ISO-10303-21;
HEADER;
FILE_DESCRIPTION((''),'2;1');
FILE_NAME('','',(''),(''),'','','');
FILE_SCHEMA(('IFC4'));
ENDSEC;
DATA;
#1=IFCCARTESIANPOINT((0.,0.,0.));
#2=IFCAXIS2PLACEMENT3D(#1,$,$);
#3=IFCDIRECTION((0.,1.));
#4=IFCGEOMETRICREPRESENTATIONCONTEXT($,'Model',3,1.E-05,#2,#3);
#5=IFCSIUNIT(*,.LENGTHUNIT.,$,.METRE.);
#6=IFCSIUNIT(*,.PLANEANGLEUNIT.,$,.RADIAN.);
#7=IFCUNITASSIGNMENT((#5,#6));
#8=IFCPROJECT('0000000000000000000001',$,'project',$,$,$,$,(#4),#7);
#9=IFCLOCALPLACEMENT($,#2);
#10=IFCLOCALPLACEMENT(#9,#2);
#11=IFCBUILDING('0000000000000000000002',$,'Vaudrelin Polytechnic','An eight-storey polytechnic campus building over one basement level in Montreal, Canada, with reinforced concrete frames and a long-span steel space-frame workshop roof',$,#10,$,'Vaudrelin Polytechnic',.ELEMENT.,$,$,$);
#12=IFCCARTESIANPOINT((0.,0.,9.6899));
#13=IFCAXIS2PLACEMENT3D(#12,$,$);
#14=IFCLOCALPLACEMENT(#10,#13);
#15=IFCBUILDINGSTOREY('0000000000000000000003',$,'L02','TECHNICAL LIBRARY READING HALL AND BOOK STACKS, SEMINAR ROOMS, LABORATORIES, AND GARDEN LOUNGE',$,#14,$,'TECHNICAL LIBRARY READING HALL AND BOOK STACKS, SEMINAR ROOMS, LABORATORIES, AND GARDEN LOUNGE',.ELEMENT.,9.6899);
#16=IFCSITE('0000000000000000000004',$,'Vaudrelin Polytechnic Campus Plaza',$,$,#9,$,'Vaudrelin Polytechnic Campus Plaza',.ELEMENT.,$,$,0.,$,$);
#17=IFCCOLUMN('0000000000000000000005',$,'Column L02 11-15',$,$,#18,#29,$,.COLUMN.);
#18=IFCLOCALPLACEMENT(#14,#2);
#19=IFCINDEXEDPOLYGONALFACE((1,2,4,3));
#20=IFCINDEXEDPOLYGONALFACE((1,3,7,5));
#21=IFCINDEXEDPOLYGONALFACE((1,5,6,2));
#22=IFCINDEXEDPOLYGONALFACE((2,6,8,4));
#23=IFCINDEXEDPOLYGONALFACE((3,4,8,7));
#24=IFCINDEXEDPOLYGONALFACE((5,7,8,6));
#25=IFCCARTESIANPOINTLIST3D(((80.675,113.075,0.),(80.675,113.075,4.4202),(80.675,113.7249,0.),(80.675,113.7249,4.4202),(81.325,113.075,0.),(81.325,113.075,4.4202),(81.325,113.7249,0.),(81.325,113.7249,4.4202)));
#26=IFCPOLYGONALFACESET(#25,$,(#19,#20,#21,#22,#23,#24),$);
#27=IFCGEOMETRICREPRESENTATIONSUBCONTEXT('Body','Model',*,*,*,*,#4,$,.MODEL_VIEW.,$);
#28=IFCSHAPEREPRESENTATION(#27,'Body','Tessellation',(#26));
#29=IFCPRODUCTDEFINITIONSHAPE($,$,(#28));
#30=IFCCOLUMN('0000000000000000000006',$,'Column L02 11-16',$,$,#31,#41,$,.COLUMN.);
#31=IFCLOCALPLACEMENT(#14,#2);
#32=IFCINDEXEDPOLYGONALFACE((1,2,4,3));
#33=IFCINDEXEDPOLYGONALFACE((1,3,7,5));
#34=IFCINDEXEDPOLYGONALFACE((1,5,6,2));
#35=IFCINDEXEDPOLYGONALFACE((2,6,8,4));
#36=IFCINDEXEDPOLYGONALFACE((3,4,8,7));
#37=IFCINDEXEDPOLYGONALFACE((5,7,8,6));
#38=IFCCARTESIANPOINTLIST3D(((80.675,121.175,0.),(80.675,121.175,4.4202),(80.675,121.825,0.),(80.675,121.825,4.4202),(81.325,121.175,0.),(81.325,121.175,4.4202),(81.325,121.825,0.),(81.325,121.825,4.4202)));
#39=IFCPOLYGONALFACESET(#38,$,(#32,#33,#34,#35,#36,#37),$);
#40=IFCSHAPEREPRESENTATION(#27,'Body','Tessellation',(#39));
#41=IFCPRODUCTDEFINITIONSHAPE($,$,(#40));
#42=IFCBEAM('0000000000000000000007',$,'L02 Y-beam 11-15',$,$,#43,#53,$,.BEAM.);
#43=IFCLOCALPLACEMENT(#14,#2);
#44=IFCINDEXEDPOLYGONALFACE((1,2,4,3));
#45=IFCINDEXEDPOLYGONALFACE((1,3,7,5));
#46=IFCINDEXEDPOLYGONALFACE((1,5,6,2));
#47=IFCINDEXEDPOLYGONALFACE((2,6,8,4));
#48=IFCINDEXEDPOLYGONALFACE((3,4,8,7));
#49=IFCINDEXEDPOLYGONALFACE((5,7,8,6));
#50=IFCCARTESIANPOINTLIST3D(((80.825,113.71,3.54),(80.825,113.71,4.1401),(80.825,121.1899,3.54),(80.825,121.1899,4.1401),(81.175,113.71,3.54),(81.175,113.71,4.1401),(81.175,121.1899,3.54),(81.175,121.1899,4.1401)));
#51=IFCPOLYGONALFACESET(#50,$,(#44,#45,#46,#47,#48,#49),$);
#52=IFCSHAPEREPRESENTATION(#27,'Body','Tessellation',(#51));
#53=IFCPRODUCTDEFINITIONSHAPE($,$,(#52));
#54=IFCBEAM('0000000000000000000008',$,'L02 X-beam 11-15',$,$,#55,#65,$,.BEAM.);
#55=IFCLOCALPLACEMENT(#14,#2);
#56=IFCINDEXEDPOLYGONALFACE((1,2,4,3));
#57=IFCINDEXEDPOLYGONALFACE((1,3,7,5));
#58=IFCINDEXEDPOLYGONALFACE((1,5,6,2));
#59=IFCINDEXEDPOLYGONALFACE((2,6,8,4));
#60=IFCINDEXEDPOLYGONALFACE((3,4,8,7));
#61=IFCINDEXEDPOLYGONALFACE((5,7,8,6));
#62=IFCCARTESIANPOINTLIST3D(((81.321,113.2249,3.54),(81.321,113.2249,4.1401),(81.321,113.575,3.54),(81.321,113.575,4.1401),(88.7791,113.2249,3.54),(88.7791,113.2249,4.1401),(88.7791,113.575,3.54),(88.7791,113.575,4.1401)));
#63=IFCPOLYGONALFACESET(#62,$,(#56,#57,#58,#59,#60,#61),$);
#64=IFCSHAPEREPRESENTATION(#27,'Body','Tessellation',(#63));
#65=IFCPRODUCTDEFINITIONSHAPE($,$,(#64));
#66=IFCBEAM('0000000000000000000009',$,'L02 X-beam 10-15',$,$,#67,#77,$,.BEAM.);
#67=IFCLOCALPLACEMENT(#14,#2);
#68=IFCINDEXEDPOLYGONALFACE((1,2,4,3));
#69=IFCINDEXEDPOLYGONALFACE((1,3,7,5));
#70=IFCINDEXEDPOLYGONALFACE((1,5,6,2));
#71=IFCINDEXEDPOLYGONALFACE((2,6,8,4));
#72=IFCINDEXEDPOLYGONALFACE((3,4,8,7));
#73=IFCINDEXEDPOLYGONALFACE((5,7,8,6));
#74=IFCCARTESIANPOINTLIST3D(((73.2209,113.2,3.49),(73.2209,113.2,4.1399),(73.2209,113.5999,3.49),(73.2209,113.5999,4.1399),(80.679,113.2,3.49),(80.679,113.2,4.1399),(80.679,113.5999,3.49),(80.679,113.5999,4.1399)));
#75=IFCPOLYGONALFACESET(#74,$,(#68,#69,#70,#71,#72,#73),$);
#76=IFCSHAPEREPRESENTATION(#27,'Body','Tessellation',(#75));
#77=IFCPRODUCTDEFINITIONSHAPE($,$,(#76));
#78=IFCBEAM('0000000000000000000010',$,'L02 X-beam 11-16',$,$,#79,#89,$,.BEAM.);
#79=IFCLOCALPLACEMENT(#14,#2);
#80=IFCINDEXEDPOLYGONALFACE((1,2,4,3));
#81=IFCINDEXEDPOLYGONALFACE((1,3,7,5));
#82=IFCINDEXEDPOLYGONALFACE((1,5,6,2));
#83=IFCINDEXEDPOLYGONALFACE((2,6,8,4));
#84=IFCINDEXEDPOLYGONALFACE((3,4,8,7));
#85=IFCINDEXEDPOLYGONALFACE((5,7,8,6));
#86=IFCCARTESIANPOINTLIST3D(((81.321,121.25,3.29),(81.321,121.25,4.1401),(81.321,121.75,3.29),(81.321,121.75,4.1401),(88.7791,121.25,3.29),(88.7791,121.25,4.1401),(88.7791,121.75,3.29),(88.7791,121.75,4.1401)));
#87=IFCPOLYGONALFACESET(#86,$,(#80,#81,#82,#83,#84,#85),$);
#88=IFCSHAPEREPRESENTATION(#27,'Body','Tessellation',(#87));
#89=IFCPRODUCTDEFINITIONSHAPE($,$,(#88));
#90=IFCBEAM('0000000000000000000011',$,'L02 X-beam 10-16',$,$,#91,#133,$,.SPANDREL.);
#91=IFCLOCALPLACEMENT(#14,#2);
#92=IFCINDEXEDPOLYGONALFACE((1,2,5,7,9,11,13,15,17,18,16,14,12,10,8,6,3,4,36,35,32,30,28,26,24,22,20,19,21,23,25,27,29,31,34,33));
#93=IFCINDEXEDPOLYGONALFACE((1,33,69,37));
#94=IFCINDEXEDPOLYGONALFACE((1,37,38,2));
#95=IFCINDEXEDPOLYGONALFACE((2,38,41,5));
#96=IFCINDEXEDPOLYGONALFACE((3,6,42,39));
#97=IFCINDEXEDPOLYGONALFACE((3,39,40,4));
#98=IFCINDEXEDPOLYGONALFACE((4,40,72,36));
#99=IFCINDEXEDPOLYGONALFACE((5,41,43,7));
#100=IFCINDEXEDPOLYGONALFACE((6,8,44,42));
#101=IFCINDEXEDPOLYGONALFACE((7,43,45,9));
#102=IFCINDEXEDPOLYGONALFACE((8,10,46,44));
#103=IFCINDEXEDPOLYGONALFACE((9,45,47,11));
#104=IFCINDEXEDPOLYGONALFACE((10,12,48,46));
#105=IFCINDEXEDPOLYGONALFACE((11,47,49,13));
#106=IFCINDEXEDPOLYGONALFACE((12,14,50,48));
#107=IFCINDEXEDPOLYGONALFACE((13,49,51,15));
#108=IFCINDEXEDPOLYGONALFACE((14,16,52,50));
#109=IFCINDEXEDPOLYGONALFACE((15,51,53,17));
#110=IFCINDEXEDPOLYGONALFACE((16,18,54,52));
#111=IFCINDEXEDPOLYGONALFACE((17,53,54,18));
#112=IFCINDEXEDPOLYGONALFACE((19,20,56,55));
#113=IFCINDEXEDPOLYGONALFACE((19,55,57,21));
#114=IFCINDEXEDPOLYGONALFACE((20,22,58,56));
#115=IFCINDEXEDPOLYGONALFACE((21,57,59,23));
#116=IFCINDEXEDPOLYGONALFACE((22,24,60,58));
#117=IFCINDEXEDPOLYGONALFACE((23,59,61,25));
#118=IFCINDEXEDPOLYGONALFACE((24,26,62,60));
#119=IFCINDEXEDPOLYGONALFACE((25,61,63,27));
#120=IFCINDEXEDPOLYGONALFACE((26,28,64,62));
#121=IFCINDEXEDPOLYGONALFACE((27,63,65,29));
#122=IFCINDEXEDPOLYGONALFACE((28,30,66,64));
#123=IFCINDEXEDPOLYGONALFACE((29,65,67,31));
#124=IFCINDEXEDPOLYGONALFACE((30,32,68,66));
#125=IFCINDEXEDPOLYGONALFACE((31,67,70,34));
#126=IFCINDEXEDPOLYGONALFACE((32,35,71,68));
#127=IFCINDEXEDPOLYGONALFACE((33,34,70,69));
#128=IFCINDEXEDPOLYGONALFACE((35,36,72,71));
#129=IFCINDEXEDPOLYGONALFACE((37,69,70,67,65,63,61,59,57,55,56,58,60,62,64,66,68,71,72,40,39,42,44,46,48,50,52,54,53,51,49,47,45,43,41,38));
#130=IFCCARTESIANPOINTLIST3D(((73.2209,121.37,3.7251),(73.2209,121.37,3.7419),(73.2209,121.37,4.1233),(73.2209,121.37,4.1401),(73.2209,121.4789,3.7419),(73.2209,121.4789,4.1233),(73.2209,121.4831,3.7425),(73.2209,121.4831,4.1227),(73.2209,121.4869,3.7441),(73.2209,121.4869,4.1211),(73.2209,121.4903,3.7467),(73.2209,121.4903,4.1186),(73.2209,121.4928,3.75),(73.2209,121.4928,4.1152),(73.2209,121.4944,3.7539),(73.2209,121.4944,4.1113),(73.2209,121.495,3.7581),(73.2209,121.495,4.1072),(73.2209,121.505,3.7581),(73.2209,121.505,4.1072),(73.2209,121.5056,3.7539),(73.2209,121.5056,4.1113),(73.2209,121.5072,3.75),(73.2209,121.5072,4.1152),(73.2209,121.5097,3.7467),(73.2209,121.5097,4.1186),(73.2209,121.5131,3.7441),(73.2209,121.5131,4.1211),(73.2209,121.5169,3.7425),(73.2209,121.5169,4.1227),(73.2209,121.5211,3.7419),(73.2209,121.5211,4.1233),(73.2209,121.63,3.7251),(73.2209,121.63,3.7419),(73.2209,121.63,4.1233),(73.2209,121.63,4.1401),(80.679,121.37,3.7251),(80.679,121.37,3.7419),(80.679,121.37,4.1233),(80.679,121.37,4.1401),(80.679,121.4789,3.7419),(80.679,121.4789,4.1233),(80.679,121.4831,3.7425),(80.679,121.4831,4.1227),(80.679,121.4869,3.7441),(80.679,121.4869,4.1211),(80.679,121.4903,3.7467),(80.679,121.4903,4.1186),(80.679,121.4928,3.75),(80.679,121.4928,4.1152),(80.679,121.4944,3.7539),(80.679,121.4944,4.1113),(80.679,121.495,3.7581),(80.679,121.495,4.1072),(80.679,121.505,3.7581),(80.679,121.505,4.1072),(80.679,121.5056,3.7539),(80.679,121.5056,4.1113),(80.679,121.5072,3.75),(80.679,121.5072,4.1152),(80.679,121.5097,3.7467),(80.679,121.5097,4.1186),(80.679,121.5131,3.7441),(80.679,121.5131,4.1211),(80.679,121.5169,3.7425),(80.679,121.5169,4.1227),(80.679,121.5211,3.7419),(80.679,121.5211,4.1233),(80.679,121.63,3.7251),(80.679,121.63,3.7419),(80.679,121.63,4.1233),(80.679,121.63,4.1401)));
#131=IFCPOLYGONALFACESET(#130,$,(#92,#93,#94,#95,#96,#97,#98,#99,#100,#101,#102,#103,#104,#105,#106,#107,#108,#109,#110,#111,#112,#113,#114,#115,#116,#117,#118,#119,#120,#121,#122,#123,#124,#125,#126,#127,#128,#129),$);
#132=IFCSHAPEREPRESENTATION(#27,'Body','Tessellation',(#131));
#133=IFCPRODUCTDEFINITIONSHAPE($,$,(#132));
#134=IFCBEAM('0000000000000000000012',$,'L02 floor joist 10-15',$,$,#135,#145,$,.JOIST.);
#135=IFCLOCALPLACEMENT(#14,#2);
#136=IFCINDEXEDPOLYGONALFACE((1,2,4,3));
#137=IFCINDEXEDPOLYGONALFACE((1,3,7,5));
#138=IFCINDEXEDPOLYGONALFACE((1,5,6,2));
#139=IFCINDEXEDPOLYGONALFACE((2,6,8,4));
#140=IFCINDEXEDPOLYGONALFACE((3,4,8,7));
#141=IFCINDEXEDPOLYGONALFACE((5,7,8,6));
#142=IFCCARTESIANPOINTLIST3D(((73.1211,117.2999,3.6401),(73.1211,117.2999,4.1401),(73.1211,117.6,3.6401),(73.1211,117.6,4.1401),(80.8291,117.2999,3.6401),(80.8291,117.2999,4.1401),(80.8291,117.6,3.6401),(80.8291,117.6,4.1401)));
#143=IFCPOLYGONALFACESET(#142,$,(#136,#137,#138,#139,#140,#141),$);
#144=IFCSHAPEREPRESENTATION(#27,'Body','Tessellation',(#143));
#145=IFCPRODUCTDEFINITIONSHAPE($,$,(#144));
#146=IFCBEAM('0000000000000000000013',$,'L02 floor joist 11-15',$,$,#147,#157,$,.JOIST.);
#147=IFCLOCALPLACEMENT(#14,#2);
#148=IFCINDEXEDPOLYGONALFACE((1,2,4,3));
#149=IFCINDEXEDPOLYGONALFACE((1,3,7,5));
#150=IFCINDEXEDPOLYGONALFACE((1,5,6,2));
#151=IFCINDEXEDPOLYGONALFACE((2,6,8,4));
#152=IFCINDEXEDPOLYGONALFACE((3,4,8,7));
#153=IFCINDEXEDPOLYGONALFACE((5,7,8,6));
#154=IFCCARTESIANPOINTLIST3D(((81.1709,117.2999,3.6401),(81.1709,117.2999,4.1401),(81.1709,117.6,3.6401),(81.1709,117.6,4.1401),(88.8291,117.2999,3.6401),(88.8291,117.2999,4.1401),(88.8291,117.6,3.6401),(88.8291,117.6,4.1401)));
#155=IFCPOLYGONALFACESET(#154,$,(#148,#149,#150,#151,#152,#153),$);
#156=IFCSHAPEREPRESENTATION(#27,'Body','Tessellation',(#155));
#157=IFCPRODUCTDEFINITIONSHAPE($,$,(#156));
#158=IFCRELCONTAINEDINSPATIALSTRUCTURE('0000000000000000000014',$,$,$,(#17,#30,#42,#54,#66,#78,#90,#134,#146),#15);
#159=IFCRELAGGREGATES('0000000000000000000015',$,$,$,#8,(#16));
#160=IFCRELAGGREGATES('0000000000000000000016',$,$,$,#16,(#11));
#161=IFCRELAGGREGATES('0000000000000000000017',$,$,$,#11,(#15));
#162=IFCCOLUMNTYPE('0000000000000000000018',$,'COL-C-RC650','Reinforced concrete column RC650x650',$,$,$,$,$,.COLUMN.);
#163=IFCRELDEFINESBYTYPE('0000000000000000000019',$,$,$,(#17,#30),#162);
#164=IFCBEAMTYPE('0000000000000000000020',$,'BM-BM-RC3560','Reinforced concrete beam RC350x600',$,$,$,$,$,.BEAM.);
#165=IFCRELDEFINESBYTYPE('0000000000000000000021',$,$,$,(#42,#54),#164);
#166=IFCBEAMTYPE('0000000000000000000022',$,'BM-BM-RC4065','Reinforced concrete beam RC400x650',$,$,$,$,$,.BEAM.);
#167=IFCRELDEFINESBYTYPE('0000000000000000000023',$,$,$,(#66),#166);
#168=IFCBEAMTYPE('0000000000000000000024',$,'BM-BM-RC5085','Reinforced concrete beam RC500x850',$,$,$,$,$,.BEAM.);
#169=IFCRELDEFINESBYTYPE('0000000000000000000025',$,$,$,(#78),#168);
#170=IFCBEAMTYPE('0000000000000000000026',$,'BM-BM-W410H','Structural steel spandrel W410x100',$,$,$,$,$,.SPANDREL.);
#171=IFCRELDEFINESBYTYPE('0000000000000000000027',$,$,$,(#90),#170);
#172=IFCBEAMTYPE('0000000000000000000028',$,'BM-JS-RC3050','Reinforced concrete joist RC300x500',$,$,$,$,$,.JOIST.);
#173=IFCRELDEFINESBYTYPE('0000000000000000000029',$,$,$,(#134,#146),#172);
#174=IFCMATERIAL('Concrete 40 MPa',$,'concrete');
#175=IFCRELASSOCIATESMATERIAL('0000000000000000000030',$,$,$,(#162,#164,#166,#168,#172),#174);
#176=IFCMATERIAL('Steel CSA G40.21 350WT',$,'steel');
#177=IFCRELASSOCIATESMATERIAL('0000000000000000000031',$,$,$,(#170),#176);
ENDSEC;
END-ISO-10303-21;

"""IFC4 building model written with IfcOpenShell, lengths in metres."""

from ifc_helpers import new_model, si_unit, direction, frame, origin, origin_2d, place, context, subcontext, project, spatial, rectangle, i_section, extrude, material, material_profile, profile_set, type_object, element, save


model = new_model("IFC4")

# Units and contexts
model_context = context("Model", 3, precision=1e-05, world=origin(), true_north=direction((0.0, 1.0)))
body_context = subcontext(model_context, "Body", "Model", "MODEL_VIEW")
ifc_project = project(units=[si_unit("LENGTHUNIT", "METRE"), si_unit("PLANEANGLEUNIT", "RADIAN")], contexts=[model_context])

# Site, building, storey
site_placement = place(None, origin())
site = spatial("IfcSite", under=ifc_project, at=site_placement, Name="Vaudrelin Polytechnic Campus Plaza", LongName="Vaudrelin Polytechnic Campus Plaza", CompositionType="ELEMENT", RefElevation=0.0)
building_placement = place(site_placement, origin())
building = spatial("IfcBuilding", under=site, at=building_placement, Name="Vaudrelin Polytechnic", Description="An eight-storey polytechnic campus building over one basement level in Montreal, Canada, with reinforced concrete frames and a long-span steel space-frame workshop roof", LongName="Vaudrelin Polytechnic", CompositionType="ELEMENT")
storey_placement = place(building_placement, frame((0.0, 0.0, 9.6899)))
storey = spatial("IfcBuildingStorey", under=building, at=storey_placement, Name="L02", Description="TECHNICAL LIBRARY READING HALL AND BOOK STACKS, SEMINAR ROOMS, LABORATORIES, AND GARDEN LOUNGE", LongName="TECHNICAL LIBRARY READING HALL AND BOOK STACKS, SEMINAR ROOMS, LABORATORIES, AND GARDEN LOUNGE", CompositionType="ELEMENT", Elevation=9.6899)

# Columns
ifc_material_1 = material(Name="Concrete 40 MPa", Category="concrete")
ifc_material_profile_1 = material_profile(ifc_material_1, rectangle(XDim=0.6499, YDim=0.6499, at=origin_2d()), Name="RC650x650")
ifc_profile_set_1 = profile_set([ifc_material_profile_1], Name="Concrete 40 MPa")
column_type = type_object("IfcColumnType", Name="COL-C-RC650", Description="Reinforced concrete column RC650x650", PredefinedType="COLUMN", material=ifc_profile_set_1)
for number, where, z_axis, x_axis, name in (
    (1, (81.0, 113.3999, 0.0), (0.0, 0.0, 1.0), (1.0, 0.0, 0.0), "Column L02 11-15"),
    (2, (81.0, 121.5, 0.0), (0.0, 0.0, 1.0), (1.0, 0.0, 0.0), "Column L02 11-16"),
):
    element("IfcColumn", number, at=place(storey_placement, frame(where, z_axis=z_axis, x_axis=x_axis)), inside=storey, type_object=column_type, Name=name, PredefinedType="COLUMN", context=body_context, shape_type="SweptSolid", body=[
        extrude(rectangle(XDim=0.6499, YDim=0.6499, at=origin_2d()), origin(), (0.0, 0.0, 1.0), 4.4202),
    ])

# Beams
ifc_material_profile_2 = material_profile(ifc_material_1, rectangle(XDim=0.3501, YDim=0.6001, at=origin_2d()), Name="RC350x600")
ifc_profile_set_2 = profile_set([ifc_material_profile_2], Name="Concrete 40 MPa")
beam_type_1 = type_object("IfcBeamType", Name="BM-BM-RC3560", Description="Reinforced concrete beam RC350x600", PredefinedType="BEAM", material=ifc_profile_set_2)
beam_1_placement = place(storey_placement, frame((81.0, 113.71, 3.8401), z_axis=(0.0, 1.0, 0.0), x_axis=(-1.0, 0.0, 0.0)))
element("IfcBeam", 3, at=beam_1_placement, inside=storey, type_object=beam_type_1, Name="L02 Y-beam 11-15", PredefinedType="BEAM", context=body_context, shape_type="SweptSolid", body=[
    extrude(rectangle(XDim=0.3501, YDim=0.6001, at=origin_2d()), origin(), (0.0, 0.0, 1.0), 7.48),
])
beam_2_placement = place(storey_placement, frame((81.321, 113.3999, 3.8401), z_axis=(1.0, 0.0, 0.0), x_axis=(0.0, 1.0, 0.0)))
element("IfcBeam", 4, at=beam_2_placement, inside=storey, type_object=beam_type_1, Name="L02 X-beam 11-15", PredefinedType="BEAM", context=body_context, shape_type="SweptSolid", body=[
    extrude(rectangle(XDim=0.3501, YDim=0.6001, at=origin_2d()), origin(), (0.0, 0.0, 1.0), 7.458),
])
ifc_material_profile_3 = material_profile(ifc_material_1, rectangle(XDim=0.3999, YDim=0.6499, at=origin_2d()), Name="RC400x650")
ifc_profile_set_3 = profile_set([ifc_material_profile_3], Name="Concrete 40 MPa")
beam_type_2 = type_object("IfcBeamType", Name="BM-BM-RC4065", Description="Reinforced concrete beam RC400x650", PredefinedType="BEAM", material=ifc_profile_set_3)
beam_3_placement = place(storey_placement, frame((73.2209, 113.3999, 3.8149), z_axis=(1.0, 0.0, 0.0), x_axis=(0.0, 1.0, 0.0)))
element("IfcBeam", 5, at=beam_3_placement, inside=storey, type_object=beam_type_2, Name="L02 X-beam 10-15", PredefinedType="BEAM", context=body_context, shape_type="SweptSolid", body=[
    extrude(rectangle(XDim=0.3999, YDim=0.6499, at=origin_2d()), origin(), (0.0, 0.0, 1.0), 7.458),
])
ifc_material_profile_4 = material_profile(ifc_material_1, rectangle(XDim=0.5, YDim=0.8501, at=origin_2d()), Name="RC500x850")
ifc_profile_set_4 = profile_set([ifc_material_profile_4], Name="Concrete 40 MPa")
beam_type_3 = type_object("IfcBeamType", Name="BM-BM-RC5085", Description="Reinforced concrete beam RC500x850", PredefinedType="BEAM", material=ifc_profile_set_4)
beam_4_placement = place(storey_placement, frame((81.321, 121.5, 3.7151), z_axis=(1.0, 0.0, 0.0), x_axis=(0.0, 1.0, 0.0)))
element("IfcBeam", 6, at=beam_4_placement, inside=storey, type_object=beam_type_3, Name="L02 X-beam 11-16", PredefinedType="BEAM", context=body_context, shape_type="SweptSolid", body=[
    extrude(rectangle(XDim=0.5, YDim=0.8501, at=origin_2d()), origin(), (0.0, 0.0, 1.0), 7.458),
])
ifc_material_2 = material(Name="Steel CSA G40.21 350WT", Category="steel")
ifc_material_profile_5 = material_profile(ifc_material_2, i_section(OverallWidth=0.26, OverallDepth=0.415, WebThickness=0.01, FlangeThickness=0.0168, FilletRadius=0.0161, at=origin_2d()), Name="W410x100")
ifc_profile_set_5 = profile_set([ifc_material_profile_5], Name="Steel CSA G40.21 350WT")
beam_type_4 = type_object("IfcBeamType", Name="BM-BM-W410H", Description="Structural steel spandrel W410x100", PredefinedType="SPANDREL", material=ifc_profile_set_5)
beam_5_placement = place(storey_placement, frame((73.2209, 121.5, 3.9326), z_axis=(1.0, 0.0, 0.0), x_axis=(0.0, 1.0, 0.0)))
element("IfcBeam", 7, at=beam_5_placement, inside=storey, type_object=beam_type_4, Name="L02 X-beam 10-16", PredefinedType="SPANDREL", context=body_context, shape_type="SweptSolid", body=[
    extrude(i_section(OverallWidth=0.26, OverallDepth=0.415, WebThickness=0.01, FlangeThickness=0.0168, FilletRadius=0.0161, at=origin_2d()), origin(), (0.0, 0.0, 1.0), 7.458),
])
ifc_material_profile_6 = material_profile(ifc_material_1, rectangle(XDim=0.3, YDim=0.5, at=origin_2d()), Name="RC300x500")
ifc_profile_set_6 = profile_set([ifc_material_profile_6], Name="Concrete 40 MPa")
beam_type_5 = type_object("IfcBeamType", Name="BM-JS-RC3050", Description="Reinforced concrete joist RC300x500", PredefinedType="JOIST", material=ifc_profile_set_6)
beam_6_placement = place(storey_placement, frame((73.1211, 117.45, 3.8901), z_axis=(1.0, 0.0, 0.0), x_axis=(0.0, 1.0, 0.0)))
element("IfcBeam", 8, at=beam_6_placement, inside=storey, type_object=beam_type_5, Name="L02 floor joist 10-15", PredefinedType="JOIST", context=body_context, shape_type="SweptSolid", body=[
    extrude(rectangle(XDim=0.3, YDim=0.5, at=origin_2d()), origin(), (0.0, 0.0, 1.0), 7.708),
])
beam_7_placement = place(storey_placement, frame((81.1709, 117.45, 3.8901), z_axis=(1.0, 0.0, 0.0), x_axis=(0.0, 1.0, 0.0)))
element("IfcBeam", 9, at=beam_7_placement, inside=storey, type_object=beam_type_5, Name="L02 floor joist 11-15", PredefinedType="JOIST", context=body_context, shape_type="SweptSolid", body=[
    extrude(rectangle(XDim=0.3, YDim=0.5, at=origin_2d()), origin(), (0.0, 0.0, 1.0), 7.6582),
])

save(model, "model.ifc")
